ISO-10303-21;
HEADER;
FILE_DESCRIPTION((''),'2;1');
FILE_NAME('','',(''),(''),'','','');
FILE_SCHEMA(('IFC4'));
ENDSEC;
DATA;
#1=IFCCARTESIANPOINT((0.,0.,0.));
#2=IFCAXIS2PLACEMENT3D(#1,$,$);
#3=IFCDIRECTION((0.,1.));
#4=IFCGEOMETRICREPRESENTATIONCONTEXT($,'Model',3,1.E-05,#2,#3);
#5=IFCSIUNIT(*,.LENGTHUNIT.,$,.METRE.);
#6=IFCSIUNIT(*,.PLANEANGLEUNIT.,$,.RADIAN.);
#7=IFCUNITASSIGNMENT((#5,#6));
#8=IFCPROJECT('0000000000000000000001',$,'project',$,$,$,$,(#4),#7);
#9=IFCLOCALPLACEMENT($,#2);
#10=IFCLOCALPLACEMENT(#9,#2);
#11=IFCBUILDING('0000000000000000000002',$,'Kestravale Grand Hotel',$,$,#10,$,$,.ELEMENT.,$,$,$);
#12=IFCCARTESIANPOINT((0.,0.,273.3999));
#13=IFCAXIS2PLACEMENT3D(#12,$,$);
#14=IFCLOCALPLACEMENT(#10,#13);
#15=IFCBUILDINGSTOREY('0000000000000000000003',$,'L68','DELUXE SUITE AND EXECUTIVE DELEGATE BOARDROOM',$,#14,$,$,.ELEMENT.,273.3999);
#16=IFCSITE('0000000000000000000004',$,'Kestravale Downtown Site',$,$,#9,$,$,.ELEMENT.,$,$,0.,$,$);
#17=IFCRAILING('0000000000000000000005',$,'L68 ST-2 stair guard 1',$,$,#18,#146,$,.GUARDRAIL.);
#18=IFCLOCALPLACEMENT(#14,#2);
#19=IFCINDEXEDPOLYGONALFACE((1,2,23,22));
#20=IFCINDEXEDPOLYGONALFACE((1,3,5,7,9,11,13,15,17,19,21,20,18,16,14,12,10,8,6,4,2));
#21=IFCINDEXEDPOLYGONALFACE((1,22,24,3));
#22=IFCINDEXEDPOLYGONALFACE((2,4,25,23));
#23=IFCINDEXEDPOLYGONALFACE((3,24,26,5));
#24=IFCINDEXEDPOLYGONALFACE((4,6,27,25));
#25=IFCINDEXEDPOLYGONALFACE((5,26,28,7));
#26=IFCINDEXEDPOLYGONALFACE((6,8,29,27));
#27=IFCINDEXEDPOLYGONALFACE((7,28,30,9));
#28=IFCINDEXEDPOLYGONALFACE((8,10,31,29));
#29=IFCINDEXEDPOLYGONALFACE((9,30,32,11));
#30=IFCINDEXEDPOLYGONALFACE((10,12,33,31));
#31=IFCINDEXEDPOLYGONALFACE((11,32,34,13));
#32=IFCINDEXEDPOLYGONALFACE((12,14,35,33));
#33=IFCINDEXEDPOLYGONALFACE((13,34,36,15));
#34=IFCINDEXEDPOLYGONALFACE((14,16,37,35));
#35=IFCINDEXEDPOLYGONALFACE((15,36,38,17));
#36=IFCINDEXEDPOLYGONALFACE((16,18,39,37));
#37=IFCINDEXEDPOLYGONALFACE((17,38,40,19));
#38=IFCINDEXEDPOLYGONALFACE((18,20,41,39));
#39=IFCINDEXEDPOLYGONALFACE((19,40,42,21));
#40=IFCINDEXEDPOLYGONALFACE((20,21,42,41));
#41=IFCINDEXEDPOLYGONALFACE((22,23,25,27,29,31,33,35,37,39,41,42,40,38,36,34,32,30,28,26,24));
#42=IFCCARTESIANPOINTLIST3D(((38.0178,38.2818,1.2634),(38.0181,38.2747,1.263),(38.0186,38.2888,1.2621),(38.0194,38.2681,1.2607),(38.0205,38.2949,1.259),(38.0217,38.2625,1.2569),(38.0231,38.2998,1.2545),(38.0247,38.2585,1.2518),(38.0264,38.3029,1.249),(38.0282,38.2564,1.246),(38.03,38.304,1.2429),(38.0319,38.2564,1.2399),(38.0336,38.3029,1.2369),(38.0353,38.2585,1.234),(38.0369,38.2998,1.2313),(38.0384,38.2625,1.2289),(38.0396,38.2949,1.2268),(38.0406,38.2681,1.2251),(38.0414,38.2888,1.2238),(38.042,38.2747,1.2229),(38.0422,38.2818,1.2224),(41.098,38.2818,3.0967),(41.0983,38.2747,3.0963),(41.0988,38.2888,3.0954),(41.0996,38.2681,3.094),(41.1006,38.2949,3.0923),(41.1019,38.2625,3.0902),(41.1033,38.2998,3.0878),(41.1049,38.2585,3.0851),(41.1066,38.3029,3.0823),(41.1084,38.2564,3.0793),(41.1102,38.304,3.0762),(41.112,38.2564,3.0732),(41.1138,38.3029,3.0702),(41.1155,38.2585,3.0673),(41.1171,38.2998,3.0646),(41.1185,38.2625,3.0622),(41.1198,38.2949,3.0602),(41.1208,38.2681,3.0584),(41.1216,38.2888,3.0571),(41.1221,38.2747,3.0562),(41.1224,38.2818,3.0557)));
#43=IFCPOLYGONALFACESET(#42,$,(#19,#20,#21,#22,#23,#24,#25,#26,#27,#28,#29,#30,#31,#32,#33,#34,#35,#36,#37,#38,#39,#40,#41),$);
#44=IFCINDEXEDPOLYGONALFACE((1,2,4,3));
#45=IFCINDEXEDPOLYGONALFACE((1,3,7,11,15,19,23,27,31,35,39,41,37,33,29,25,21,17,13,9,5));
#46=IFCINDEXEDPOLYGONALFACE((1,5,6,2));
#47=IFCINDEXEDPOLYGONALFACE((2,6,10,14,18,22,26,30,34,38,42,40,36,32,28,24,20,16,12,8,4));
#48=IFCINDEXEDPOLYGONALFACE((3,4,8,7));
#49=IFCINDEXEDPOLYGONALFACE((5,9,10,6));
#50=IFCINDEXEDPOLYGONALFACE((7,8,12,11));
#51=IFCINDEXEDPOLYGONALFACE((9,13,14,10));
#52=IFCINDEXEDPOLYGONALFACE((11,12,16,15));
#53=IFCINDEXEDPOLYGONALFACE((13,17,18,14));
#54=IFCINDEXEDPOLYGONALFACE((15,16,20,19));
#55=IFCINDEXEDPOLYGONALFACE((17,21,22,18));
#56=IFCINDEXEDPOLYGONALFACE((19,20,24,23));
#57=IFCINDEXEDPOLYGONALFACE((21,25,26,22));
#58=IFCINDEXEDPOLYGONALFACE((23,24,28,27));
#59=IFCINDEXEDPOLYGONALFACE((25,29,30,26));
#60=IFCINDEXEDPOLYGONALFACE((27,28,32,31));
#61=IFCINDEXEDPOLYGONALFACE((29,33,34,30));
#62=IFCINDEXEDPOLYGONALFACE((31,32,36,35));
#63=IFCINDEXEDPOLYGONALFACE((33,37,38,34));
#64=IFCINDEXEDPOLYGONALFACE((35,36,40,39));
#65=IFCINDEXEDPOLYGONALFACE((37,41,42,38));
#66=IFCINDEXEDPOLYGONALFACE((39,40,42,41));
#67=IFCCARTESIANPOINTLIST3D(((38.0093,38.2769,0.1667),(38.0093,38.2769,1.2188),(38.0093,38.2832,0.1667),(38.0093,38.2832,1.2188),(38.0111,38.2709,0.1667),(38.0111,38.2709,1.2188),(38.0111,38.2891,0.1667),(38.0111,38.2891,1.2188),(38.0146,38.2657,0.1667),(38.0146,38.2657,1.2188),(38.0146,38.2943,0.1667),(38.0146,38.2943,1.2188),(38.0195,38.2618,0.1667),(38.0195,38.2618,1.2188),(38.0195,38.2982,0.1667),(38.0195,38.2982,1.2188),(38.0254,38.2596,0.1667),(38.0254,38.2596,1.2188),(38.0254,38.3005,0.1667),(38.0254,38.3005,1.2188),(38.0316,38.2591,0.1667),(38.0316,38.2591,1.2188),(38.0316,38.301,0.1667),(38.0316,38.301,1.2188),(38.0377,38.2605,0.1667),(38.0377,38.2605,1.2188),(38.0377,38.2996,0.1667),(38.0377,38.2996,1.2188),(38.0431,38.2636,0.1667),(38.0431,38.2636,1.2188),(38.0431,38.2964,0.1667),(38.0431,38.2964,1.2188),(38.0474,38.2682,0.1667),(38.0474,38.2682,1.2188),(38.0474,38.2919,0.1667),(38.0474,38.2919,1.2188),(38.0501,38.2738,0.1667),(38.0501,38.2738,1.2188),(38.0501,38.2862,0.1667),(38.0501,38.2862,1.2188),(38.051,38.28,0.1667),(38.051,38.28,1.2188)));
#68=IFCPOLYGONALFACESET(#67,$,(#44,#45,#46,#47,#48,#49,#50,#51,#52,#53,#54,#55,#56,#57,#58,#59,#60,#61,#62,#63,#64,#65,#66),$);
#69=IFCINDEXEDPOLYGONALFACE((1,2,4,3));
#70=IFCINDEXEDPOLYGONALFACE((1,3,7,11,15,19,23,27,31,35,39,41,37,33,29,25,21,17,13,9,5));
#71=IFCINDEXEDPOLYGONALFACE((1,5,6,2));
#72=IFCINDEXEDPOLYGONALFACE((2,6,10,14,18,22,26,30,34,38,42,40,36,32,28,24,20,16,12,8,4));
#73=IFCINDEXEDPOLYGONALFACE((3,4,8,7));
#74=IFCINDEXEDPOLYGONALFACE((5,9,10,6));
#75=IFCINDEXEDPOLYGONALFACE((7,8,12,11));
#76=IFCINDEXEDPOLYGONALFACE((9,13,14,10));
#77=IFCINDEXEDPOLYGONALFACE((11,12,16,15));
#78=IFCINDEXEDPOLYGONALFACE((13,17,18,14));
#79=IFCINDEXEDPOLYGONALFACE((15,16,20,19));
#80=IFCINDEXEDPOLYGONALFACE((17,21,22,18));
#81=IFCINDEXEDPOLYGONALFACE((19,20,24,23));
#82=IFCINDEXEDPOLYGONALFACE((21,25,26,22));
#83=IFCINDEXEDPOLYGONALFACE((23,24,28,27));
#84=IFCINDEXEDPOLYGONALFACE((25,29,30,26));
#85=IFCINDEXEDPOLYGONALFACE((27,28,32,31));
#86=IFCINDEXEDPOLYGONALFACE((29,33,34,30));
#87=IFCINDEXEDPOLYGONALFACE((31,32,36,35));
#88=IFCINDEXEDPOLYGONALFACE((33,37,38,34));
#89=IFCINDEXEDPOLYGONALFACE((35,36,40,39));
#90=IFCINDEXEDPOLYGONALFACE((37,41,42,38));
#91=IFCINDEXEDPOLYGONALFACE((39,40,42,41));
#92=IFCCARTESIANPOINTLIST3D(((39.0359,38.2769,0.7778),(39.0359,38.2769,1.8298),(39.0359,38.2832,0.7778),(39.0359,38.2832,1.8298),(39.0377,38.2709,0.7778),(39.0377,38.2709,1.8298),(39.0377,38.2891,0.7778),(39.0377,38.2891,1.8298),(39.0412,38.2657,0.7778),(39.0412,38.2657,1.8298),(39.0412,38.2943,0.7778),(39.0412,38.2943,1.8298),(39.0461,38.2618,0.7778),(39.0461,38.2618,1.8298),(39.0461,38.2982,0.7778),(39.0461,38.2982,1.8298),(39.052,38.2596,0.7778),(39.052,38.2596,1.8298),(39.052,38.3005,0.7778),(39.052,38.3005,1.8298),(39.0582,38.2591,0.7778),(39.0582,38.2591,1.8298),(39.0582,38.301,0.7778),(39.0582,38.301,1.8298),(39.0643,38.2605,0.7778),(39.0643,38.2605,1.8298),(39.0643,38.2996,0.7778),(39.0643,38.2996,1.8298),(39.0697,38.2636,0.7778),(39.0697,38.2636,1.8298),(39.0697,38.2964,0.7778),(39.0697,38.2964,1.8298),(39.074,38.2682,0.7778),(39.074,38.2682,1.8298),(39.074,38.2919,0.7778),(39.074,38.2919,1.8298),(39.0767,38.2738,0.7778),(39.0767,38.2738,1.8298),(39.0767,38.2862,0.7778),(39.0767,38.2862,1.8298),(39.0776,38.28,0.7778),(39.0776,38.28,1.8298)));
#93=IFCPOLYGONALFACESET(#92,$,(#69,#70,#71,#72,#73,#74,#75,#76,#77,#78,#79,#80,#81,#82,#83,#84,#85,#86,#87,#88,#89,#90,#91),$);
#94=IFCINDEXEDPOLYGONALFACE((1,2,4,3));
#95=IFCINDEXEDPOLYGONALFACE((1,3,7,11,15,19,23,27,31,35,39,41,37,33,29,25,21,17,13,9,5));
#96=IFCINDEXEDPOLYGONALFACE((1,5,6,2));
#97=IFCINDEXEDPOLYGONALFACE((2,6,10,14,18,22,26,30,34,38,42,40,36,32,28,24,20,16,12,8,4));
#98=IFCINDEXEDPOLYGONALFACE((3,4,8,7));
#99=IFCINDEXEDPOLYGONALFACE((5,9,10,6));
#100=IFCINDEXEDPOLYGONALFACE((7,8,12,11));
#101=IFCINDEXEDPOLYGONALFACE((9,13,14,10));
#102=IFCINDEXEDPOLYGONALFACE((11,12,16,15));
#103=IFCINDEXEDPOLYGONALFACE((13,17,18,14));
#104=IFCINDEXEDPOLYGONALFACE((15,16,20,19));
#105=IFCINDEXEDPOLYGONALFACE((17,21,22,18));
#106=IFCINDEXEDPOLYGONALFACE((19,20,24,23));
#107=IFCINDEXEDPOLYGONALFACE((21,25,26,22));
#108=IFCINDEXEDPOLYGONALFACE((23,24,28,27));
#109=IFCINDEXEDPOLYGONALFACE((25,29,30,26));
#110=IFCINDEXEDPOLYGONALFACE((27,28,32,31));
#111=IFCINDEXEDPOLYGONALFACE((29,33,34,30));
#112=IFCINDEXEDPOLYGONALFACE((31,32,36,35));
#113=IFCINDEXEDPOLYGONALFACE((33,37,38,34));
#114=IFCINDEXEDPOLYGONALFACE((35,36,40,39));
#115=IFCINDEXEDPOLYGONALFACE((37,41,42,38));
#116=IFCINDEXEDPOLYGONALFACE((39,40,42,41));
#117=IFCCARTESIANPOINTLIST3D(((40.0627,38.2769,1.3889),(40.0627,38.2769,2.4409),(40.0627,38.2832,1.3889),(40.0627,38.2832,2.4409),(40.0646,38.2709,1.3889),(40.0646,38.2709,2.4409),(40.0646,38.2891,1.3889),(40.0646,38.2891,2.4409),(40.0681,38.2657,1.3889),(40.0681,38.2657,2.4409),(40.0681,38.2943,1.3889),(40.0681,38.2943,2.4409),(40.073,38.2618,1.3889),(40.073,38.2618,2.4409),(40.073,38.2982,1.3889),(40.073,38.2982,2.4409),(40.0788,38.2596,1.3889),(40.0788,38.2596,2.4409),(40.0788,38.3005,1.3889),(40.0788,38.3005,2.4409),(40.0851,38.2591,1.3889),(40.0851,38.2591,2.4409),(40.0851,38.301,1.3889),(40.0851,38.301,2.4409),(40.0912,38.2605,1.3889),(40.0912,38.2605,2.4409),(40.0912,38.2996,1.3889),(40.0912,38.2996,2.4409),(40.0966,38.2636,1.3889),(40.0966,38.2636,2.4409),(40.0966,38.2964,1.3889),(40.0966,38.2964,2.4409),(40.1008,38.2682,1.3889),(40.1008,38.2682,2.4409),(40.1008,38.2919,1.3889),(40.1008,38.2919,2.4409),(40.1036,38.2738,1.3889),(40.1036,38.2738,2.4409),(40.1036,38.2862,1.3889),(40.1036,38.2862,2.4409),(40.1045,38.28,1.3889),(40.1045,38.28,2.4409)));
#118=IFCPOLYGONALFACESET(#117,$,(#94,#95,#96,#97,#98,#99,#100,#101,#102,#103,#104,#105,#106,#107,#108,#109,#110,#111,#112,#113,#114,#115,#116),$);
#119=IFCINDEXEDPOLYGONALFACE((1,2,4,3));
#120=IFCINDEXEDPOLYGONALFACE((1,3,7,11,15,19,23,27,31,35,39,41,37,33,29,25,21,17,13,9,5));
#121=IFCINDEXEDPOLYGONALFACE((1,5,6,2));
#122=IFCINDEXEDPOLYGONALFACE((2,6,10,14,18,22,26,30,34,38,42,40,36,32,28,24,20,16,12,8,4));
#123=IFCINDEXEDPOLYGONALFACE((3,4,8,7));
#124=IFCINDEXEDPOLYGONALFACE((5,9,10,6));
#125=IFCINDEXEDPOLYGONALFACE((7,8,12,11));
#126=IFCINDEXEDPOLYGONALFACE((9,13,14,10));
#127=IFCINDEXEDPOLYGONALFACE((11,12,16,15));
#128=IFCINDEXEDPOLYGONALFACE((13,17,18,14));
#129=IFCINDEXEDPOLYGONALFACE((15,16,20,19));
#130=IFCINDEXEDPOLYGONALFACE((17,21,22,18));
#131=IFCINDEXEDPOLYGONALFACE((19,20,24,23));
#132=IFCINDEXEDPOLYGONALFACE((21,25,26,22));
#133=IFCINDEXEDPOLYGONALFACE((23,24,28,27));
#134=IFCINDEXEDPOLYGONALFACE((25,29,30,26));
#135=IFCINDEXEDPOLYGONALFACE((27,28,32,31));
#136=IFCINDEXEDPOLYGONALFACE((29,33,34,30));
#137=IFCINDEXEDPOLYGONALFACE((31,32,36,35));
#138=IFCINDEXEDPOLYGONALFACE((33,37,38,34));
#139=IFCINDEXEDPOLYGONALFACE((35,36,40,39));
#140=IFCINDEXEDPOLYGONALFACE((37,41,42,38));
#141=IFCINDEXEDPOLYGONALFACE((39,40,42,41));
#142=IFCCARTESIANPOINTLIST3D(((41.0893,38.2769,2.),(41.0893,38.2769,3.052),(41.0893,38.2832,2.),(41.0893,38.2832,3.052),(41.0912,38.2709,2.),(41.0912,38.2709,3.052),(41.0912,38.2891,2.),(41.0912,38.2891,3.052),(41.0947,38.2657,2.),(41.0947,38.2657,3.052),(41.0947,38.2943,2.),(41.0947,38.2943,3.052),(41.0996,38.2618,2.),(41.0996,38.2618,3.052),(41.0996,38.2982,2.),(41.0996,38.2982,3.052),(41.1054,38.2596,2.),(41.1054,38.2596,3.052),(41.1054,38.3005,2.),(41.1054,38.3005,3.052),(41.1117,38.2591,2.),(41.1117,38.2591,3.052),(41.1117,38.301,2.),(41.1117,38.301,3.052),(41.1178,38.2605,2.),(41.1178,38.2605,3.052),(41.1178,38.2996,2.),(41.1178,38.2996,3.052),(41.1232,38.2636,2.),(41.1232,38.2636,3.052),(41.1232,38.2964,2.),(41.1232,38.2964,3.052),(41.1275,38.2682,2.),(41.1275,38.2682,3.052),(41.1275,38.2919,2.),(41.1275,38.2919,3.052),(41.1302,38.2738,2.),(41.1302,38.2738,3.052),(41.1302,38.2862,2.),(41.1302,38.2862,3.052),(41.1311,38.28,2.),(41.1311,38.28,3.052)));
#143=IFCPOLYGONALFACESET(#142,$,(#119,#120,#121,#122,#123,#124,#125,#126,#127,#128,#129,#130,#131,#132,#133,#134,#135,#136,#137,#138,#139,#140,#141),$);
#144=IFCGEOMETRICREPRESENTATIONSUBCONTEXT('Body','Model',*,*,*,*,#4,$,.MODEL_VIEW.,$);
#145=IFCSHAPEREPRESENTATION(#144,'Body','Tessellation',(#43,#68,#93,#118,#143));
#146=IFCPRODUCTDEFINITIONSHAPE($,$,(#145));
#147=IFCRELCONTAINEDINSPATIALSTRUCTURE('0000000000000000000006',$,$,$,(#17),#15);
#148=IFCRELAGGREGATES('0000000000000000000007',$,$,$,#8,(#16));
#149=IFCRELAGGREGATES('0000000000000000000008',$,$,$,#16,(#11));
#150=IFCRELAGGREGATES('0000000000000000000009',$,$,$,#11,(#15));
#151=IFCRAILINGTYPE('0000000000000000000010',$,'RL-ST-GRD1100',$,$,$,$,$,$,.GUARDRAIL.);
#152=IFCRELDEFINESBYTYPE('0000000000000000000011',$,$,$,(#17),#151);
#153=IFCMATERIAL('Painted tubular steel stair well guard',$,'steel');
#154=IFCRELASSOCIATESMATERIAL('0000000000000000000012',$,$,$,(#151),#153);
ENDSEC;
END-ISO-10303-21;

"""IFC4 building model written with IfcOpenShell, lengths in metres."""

from ifc_helpers import new_model, si_unit, direction, frame, origin, origin_2d, place, context, subcontext, project, spatial, circle, extrude, material, type_object, element, save


model = new_model("IFC4")

# Units and contexts
model_context = context("Model", 3, precision=1e-05, world=origin(), true_north=direction((0.0, 1.0)))
body_context = subcontext(model_context, "Body", "Model", "MODEL_VIEW")
ifc_project = project(units=[si_unit("LENGTHUNIT", "METRE"), si_unit("PLANEANGLEUNIT", "RADIAN")], contexts=[model_context])

# Site, building, storey
site_placement = place(None, origin())
site = spatial("IfcSite", under=ifc_project, at=site_placement, Name="Kestravale Downtown Site", CompositionType="ELEMENT", RefElevation=0.0)
building_placement = place(site_placement, origin())
building = spatial("IfcBuilding", under=site, at=building_placement, Name="Kestravale Grand Hotel", CompositionType="ELEMENT")
storey_placement = place(building_placement, frame((0.0, 0.0, 273.3999)))
storey = spatial("IfcBuildingStorey", under=building, at=storey_placement, Name="L68", Description="DELUXE SUITE AND EXECUTIVE DELEGATE BOARDROOM", CompositionType="ELEMENT", Elevation=273.3999)

# Railing
ifc_material_1 = material(Name="Painted tubular steel stair well guard", Category="steel")
railing_type_1 = type_object("IfcRailingType", Name="RL-ST-GRD1100", PredefinedType="GUARDRAIL", material=ifc_material_1)
railing_1_placement = place(storey_placement, frame((38.03, 38.28, 0.1667)))
element("IfcRailing", 1, at=railing_1_placement, inside=storey, type_object=railing_type_1, Name="L68 ST-2 stair guard 1", PredefinedType="GUARDRAIL", context=body_context, shape_type="SweptSolid", body=[
    extrude(circle(Radius=0.0239, at=origin_2d()), frame((0.0, 0.0, 1.0762), z_axis=(0.859309, 0.0, 0.511458), x_axis=(0.0, 1.0, 0.0)), (0.0, 0.0, 1.0), 3.5845),
    extrude(circle(Radius=0.021, at=origin_2d()), origin(), (0.0, 0.0, 1.0), 1.052),
    extrude(circle(Radius=0.021, at=origin_2d()), frame((1.0266, 0.0, 0.6111)), (0.0, 0.0, 1.0), 1.052),
    extrude(circle(Radius=0.021, at=origin_2d()), frame((2.0535, 0.0, 1.2222)), (0.0, 0.0, 1.0), 1.052),
    extrude(circle(Radius=0.021, at=origin_2d()), frame((3.0801, 0.0, 1.8333)), (0.0, 0.0, 1.0), 1.052),
])

save(model, "model.ifc")
